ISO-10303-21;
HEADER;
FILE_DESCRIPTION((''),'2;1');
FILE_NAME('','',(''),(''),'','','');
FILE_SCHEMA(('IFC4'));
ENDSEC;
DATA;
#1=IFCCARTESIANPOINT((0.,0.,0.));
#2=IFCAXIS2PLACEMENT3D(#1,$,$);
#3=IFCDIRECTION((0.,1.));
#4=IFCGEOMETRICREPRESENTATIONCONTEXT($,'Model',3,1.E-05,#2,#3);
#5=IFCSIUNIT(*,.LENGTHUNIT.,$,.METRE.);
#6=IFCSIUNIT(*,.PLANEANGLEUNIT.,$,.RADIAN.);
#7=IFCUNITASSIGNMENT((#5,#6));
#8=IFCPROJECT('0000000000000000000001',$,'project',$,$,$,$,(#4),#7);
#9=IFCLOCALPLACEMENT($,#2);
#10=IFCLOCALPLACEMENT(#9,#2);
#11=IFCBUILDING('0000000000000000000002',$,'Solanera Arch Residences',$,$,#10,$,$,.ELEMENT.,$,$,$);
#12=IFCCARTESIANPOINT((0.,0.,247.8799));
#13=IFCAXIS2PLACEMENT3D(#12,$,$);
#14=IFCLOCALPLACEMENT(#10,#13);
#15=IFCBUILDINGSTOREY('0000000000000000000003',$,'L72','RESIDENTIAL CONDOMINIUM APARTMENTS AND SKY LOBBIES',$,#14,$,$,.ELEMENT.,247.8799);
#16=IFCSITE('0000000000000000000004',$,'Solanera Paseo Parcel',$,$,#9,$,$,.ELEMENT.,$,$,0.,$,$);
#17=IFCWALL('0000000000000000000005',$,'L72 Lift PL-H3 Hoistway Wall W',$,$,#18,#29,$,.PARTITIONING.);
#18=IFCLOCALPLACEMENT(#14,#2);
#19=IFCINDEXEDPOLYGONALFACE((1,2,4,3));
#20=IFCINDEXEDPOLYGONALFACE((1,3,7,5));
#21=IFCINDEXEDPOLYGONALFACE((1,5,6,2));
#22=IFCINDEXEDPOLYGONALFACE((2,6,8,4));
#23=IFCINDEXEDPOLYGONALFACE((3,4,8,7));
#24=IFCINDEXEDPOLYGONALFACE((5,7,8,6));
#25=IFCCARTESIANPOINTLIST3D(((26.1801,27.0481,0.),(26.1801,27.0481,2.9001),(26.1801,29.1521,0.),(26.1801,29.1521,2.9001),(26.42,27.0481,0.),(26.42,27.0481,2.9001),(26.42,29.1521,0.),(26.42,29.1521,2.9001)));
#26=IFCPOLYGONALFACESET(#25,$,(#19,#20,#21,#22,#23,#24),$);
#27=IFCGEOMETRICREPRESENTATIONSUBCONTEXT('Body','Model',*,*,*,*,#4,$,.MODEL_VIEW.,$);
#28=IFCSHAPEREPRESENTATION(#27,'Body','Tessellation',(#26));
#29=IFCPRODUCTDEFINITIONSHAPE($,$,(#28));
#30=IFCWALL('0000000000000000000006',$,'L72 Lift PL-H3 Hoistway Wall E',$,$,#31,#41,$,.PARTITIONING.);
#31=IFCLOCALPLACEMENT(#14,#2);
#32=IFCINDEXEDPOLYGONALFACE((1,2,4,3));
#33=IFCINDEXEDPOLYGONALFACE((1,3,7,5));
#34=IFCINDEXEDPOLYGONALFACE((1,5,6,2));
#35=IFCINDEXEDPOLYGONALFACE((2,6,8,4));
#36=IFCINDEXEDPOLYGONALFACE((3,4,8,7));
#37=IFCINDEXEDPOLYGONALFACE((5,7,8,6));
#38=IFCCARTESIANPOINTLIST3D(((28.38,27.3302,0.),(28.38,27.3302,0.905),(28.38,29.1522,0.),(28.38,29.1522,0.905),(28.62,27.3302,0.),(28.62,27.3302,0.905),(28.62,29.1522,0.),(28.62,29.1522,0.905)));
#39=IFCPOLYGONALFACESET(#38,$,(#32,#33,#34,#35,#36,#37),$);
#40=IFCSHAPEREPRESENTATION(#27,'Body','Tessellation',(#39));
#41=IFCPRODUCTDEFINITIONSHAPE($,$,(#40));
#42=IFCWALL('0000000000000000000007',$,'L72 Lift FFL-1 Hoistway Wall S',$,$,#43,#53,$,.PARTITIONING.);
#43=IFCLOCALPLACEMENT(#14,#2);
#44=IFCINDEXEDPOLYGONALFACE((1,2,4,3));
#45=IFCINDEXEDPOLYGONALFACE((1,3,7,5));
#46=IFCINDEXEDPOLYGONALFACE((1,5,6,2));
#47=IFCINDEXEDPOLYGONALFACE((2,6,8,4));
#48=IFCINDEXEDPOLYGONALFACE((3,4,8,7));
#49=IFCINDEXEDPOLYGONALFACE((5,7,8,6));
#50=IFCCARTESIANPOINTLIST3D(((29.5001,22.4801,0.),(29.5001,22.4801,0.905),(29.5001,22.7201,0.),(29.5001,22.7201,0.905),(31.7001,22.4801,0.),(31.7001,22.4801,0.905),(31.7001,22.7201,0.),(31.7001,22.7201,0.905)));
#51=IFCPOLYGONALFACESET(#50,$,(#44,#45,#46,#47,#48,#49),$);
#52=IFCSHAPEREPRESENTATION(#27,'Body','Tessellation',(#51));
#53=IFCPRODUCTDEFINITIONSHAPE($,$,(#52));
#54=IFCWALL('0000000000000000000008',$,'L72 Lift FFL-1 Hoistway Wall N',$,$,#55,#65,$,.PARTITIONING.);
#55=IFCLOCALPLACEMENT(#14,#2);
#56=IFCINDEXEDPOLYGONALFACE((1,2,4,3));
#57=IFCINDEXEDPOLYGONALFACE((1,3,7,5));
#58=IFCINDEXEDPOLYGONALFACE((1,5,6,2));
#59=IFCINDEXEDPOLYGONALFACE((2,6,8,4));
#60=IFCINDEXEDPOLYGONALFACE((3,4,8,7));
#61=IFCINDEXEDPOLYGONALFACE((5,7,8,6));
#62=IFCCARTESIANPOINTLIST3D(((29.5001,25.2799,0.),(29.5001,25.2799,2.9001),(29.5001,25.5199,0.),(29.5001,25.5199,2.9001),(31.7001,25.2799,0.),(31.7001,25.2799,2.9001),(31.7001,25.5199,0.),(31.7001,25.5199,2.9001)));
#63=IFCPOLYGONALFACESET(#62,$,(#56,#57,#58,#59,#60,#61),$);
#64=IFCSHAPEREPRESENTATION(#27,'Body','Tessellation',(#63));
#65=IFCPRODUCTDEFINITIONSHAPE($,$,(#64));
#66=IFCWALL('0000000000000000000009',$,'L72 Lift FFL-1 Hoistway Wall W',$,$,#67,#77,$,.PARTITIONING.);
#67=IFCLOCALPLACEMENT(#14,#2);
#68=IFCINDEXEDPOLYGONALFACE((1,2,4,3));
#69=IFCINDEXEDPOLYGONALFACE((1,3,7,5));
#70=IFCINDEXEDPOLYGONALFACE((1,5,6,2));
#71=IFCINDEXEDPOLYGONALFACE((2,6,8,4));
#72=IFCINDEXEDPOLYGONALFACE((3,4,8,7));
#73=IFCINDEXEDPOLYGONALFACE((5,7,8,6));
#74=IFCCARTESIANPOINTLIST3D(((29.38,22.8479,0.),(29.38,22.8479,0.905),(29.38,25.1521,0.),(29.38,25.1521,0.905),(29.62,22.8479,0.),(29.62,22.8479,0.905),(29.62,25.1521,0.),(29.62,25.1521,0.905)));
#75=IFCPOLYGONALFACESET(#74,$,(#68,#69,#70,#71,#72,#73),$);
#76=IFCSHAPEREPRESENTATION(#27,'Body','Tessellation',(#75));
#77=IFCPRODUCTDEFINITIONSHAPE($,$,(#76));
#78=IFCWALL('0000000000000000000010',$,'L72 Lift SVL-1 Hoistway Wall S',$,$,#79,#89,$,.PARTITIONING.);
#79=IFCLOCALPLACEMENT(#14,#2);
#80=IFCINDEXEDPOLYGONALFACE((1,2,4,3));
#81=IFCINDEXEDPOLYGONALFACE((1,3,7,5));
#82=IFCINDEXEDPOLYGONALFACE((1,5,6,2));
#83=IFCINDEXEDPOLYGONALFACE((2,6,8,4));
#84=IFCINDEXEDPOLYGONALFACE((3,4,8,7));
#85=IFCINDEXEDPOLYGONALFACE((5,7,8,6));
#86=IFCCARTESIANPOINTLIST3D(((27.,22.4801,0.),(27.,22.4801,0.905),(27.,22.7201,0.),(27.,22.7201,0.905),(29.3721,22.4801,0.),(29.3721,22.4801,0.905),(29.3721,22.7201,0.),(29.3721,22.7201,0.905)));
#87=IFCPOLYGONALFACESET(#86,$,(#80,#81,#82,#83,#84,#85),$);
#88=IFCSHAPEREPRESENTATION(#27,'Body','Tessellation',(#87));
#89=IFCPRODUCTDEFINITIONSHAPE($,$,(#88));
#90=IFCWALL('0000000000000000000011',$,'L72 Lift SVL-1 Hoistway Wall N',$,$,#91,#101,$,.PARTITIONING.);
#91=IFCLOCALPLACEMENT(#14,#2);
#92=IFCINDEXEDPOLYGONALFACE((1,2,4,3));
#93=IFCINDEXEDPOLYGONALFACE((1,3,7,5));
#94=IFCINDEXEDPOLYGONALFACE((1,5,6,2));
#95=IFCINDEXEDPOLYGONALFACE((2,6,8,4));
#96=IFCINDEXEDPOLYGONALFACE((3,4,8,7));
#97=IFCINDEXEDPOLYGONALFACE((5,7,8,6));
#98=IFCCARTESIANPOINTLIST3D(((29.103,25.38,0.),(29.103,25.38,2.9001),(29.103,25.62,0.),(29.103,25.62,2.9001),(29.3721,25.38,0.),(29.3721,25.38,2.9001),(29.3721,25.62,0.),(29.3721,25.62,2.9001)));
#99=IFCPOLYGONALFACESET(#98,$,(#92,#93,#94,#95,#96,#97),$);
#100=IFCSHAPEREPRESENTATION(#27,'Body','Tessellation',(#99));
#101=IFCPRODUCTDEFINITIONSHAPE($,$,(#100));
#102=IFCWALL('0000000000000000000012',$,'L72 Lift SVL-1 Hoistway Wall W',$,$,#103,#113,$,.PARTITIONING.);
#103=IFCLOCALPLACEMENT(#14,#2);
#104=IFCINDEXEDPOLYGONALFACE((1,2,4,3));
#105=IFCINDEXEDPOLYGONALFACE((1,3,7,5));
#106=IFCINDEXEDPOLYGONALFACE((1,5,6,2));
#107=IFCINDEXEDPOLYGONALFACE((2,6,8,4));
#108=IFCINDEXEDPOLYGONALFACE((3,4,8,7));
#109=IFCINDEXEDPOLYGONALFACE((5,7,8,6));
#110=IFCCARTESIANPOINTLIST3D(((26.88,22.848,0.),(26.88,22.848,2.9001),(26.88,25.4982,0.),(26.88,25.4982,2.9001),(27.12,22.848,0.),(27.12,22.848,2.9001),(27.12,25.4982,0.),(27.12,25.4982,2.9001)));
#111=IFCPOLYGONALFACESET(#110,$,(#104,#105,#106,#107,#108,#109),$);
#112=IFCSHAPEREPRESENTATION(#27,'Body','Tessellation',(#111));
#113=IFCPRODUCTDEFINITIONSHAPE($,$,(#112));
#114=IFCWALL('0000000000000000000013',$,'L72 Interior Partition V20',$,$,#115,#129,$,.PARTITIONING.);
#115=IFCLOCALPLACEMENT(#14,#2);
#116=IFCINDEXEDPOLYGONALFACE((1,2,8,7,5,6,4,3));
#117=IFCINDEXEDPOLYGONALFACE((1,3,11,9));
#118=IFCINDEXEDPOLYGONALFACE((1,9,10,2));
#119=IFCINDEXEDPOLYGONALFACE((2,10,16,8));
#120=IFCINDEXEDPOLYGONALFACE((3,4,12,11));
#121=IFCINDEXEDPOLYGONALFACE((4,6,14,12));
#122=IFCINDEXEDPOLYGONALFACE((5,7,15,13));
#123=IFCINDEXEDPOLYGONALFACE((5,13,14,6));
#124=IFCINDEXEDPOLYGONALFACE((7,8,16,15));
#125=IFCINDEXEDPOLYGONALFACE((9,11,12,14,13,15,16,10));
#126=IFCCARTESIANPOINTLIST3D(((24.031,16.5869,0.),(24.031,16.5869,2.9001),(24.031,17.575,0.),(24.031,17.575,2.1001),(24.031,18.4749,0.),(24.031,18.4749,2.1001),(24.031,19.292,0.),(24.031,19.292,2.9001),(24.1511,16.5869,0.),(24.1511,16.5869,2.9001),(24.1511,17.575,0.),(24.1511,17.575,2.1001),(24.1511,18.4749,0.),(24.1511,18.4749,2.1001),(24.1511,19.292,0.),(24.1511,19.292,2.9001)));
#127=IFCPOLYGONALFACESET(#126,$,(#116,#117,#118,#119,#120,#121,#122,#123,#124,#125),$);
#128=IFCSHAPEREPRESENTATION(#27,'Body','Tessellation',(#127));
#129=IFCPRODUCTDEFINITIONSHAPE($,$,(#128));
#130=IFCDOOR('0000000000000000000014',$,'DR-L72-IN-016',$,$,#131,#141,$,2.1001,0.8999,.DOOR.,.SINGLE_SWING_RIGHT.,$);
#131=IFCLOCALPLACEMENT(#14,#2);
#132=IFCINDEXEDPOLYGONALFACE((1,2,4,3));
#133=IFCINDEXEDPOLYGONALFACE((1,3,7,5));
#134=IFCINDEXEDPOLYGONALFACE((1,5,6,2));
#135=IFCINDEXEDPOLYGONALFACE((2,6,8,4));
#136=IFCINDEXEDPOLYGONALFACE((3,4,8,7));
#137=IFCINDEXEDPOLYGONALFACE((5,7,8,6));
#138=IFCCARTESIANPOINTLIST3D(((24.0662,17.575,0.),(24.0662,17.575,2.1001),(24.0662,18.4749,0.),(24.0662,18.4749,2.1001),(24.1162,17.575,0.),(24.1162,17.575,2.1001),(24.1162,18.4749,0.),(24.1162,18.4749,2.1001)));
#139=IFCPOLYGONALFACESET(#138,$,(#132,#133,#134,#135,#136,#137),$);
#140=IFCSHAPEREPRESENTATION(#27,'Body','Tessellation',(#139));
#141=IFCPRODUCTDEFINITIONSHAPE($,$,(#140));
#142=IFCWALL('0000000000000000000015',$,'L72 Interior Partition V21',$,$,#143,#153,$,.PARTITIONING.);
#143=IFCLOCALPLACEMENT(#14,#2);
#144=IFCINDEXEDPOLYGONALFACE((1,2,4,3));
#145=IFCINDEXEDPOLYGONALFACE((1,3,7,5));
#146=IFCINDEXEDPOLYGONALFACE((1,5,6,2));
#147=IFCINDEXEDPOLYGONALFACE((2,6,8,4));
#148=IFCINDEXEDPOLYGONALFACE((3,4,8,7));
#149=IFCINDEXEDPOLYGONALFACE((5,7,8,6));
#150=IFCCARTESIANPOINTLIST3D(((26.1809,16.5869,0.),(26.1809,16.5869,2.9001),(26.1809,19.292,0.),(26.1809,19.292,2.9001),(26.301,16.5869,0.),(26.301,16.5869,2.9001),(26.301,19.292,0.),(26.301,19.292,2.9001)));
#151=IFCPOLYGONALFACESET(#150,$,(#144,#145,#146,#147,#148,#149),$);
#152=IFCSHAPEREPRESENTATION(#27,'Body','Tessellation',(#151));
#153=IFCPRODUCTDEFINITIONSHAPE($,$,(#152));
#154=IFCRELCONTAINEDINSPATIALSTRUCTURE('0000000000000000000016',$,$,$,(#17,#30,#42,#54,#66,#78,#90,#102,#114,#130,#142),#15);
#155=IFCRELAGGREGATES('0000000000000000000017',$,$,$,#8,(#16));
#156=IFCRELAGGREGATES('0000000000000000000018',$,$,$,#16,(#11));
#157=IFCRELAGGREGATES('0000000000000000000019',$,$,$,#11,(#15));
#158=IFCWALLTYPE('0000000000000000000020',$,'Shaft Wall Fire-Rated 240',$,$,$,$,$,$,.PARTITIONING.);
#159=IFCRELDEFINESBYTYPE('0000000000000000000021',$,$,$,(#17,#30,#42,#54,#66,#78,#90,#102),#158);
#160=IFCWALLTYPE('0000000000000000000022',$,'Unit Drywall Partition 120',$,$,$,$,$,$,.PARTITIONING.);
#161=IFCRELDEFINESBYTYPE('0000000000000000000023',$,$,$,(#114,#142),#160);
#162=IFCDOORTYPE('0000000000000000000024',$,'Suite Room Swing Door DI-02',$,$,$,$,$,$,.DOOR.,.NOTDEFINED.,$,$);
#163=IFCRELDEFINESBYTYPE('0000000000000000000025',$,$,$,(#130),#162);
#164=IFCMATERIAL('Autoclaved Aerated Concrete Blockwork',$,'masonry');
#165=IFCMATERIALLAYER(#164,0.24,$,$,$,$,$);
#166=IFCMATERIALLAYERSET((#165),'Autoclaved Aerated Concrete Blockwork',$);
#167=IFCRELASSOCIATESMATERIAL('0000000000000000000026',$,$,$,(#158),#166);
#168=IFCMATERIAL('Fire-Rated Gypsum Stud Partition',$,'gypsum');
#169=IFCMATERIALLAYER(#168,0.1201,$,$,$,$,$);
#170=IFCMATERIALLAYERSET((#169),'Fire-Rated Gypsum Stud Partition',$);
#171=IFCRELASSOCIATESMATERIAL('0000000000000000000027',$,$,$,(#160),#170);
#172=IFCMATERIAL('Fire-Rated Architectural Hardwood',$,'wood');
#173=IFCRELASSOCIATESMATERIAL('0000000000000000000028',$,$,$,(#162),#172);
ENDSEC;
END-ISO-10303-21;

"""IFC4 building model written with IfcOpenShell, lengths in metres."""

from ifc_helpers import new_model, si_unit, direction, frame, frame_2d, origin, place, context, subcontext, project, spatial, rectangle, extrude, material, layer, layer_set, type_object, element, fill, save


model = new_model("IFC4")

# Units and contexts
model_context = context("Model", 3, precision=1e-05, world=origin(), true_north=direction((0.0, 1.0)))
body_context = subcontext(model_context, "Body", "Model", "MODEL_VIEW")
ifc_project = project(units=[si_unit("LENGTHUNIT", "METRE"), si_unit("PLANEANGLEUNIT", "RADIAN")], contexts=[model_context])

# Site, building, storey
site_placement = place(None, origin())
site = spatial("IfcSite", under=ifc_project, at=site_placement, Name="Solanera Paseo Parcel", CompositionType="ELEMENT", RefElevation=0.0)
building_placement = place(site_placement, origin())
building = spatial("IfcBuilding", under=site, at=building_placement, Name="Solanera Arch Residences", CompositionType="ELEMENT")
storey_placement = place(building_placement, frame((0.0, 0.0, 247.8799)))
storey = spatial("IfcBuildingStorey", under=building, at=storey_placement, Name="L72", Description="RESIDENTIAL CONDOMINIUM APARTMENTS AND SKY LOBBIES", CompositionType="ELEMENT", Elevation=247.8799)

# Walls
ifc_material_1 = material(Name="Autoclaved Aerated Concrete Blockwork", Category="masonry")
ifc_layer_1 = layer(ifc_material_1, 0.24)
ifc_layer_set_1 = layer_set([ifc_layer_1], Name="Autoclaved Aerated Concrete Blockwork")
wall_type_1 = type_object("IfcWallType", Name="Shaft Wall Fire-Rated 240", PredefinedType="PARTITIONING", material=ifc_layer_set_1)
wall_1_placement = place(storey_placement, frame((26.3, 27.0481, 0.0), z_axis=(0.0, 0.0, 1.0), x_axis=(0.0, 1.0, 0.0)))
element("IfcWall", 1, at=wall_1_placement, inside=storey, type_object=wall_type_1, Name="L72 Lift PL-H3 Hoistway Wall W", PredefinedType="PARTITIONING", context=body_context, shape_type="SweptSolid", body=[
    extrude(rectangle(XDim=2.104, YDim=0.24, at=frame_2d((1.052, 0.0))), origin(), (0.0, 0.0, 1.0), 2.9001),
])
wall_2_placement = place(storey_placement, frame((28.5, 27.3301, 0.0), z_axis=(0.0, 0.0, 1.0), x_axis=(0.0, 1.0, 0.0)))
element("IfcWall", 2, at=wall_2_placement, inside=storey, type_object=wall_type_1, Name="L72 Lift PL-H3 Hoistway Wall E", PredefinedType="PARTITIONING", context=body_context, shape_type="SweptSolid", body=[
    extrude(rectangle(XDim=1.822, YDim=0.24, at=frame_2d((0.9111, 0.0))), origin(), (0.0, 0.0, 1.0), 0.905),
])
wall_3_placement = place(storey_placement, frame((29.5, 22.6001, 0.0), z_axis=(0.0, 0.0, 1.0), x_axis=(1.0, 0.0, 0.0)))
element("IfcWall", 3, at=wall_3_placement, inside=storey, type_object=wall_type_1, Name="L72 Lift FFL-1 Hoistway Wall S", PredefinedType="PARTITIONING", context=body_context, shape_type="SweptSolid", body=[
    extrude(rectangle(XDim=2.2, YDim=0.24, at=frame_2d((1.1001, 0.0))), origin(), (0.0, 0.0, 1.0), 0.905),
])
wall_4_placement = place(storey_placement, frame((29.5, 25.3999, 0.0), z_axis=(0.0, 0.0, 1.0), x_axis=(1.0, 0.0, 0.0)))
element("IfcWall", 4, at=wall_4_placement, inside=storey, type_object=wall_type_1, Name="L72 Lift FFL-1 Hoistway Wall N", PredefinedType="PARTITIONING", context=body_context, shape_type="SweptSolid", body=[
    extrude(rectangle(XDim=2.2, YDim=0.24, at=frame_2d((1.1001, 0.0))), origin(), (0.0, 0.0, 1.0), 2.9001),
])
wall_5_placement = place(storey_placement, frame((29.5, 22.8479, 0.0), z_axis=(0.0, 0.0, 1.0), x_axis=(0.0, 1.0, 0.0)))
element("IfcWall", 5, at=wall_5_placement, inside=storey, type_object=wall_type_1, Name="L72 Lift FFL-1 Hoistway Wall W", PredefinedType="PARTITIONING", context=body_context, shape_type="SweptSolid", body=[
    extrude(rectangle(XDim=2.3042, YDim=0.24, at=frame_2d((1.1521, 0.0))), origin(), (0.0, 0.0, 1.0), 0.905),
])
wall_6_placement = place(storey_placement, frame((27.0, 22.6001, 0.0), z_axis=(0.0, 0.0, 1.0), x_axis=(1.0, 0.0, 0.0)))
element("IfcWall", 6, at=wall_6_placement, inside=storey, type_object=wall_type_1, Name="L72 Lift SVL-1 Hoistway Wall S", PredefinedType="PARTITIONING", context=body_context, shape_type="SweptSolid", body=[
    extrude(rectangle(XDim=2.3721, YDim=0.24, at=frame_2d((1.186, 0.0))), origin(), (0.0, 0.0, 1.0), 0.905),
])
wall_7_placement = place(storey_placement, frame((29.103, 25.5, 0.0), z_axis=(0.0, 0.0, 1.0), x_axis=(1.0, 0.0, 0.0)))
element("IfcWall", 7, at=wall_7_placement, inside=storey, type_object=wall_type_1, Name="L72 Lift SVL-1 Hoistway Wall N", PredefinedType="PARTITIONING", context=body_context, shape_type="SweptSolid", body=[
    extrude(rectangle(XDim=0.269, YDim=0.24, at=frame_2d((0.1345, 0.0))), origin(), (0.0, 0.0, 1.0), 2.9001),
])
wall_8_placement = place(storey_placement, frame((27.0, 22.8479, 0.0), z_axis=(0.0, 0.0, 1.0), x_axis=(0.0, 1.0, 0.0)))
element("IfcWall", 8, at=wall_8_placement, inside=storey, type_object=wall_type_1, Name="L72 Lift SVL-1 Hoistway Wall W", PredefinedType="PARTITIONING", context=body_context, shape_type="SweptSolid", body=[
    extrude(rectangle(XDim=2.6501, YDim=0.24, at=frame_2d((1.3252, 0.0))), origin(), (0.0, 0.0, 1.0), 2.9001),
])

# Wall, opening, door
ifc_material_2 = material(Name="Fire-Rated Gypsum Stud Partition", Category="gypsum")
ifc_layer_2 = layer(ifc_material_2, 0.1201)
ifc_layer_set_2 = layer_set([ifc_layer_2], Name="Fire-Rated Gypsum Stud Partition")
wall_type_2 = type_object("IfcWallType", Name="Unit Drywall Partition 120", PredefinedType="PARTITIONING", material=ifc_layer_set_2)
wall_9_placement = place(storey_placement, frame((24.0911, 16.5869, 0.0), z_axis=(0.0, 0.0, 1.0), x_axis=(0.0, 1.0, 0.0)))
wall_9 = element("IfcWall", 9, at=wall_9_placement, inside=storey, type_object=wall_type_2, Name="L72 Interior Partition V20", PredefinedType="PARTITIONING", context=body_context, shape_type="SweptSolid", body=[
    extrude(rectangle(XDim=2.7051, YDim=0.1201, at=frame_2d((1.3525, 0.0))), origin(), (0.0, 0.0, 1.0), 2.9001),
])
opening_placement = place(wall_9_placement, frame((0.988, 0.0, 0.0)))
opening = element("IfcOpeningElement", 10, at=opening_placement, cuts=wall_9, PredefinedType="OPENING", context=body_context, shape_type="SweptSolid", body=[
    extrude(rectangle(XDim=0.8999, YDim=2.1001, at=frame_2d((0.45, 1.05))), frame((0.0, 0.0701, 0.0), z_axis=(0.0, -1.0, 0.0), x_axis=(1.0, 0.0, 0.0)), (0.0, 0.0, 1.0), 0.1401),
])
ifc_material_3 = material(Name="Fire-Rated Architectural Hardwood", Category="wood")
door_type = type_object("IfcDoorType", Name="Suite Room Swing Door DI-02", OperationType="NOTDEFINED", PredefinedType="DOOR", material=ifc_material_3)
door_placement = place(opening_placement, origin())
door = element("IfcDoor", 11, at=door_placement, inside=storey, type_object=door_type, Name="DR-L72-IN-016", OperationType="SINGLE_SWING_RIGHT", OverallHeight=2.1001, OverallWidth=0.8999, PredefinedType="DOOR", context=body_context, shape_type="SweptSolid", body=[
    extrude(rectangle(XDim=0.8999, YDim=2.1001, at=frame_2d((0.45, 1.05))), frame((0.0, 0.0249, 0.0), z_axis=(0.0, -1.0, 0.0), x_axis=(1.0, 0.0, 0.0)), (0.0, 0.0, 1.0), 0.05),
])
fill(opening, door)

# Wall
wall_10_placement = place(storey_placement, frame((26.241, 16.5869, 0.0), z_axis=(0.0, 0.0, 1.0), x_axis=(0.0, 1.0, 0.0)))
element("IfcWall", 12, at=wall_10_placement, inside=storey, type_object=wall_type_2, Name="L72 Interior Partition V21", PredefinedType="PARTITIONING", context=body_context, shape_type="SweptSolid", body=[
    extrude(rectangle(XDim=2.7051, YDim=0.1201, at=frame_2d((1.3525, 0.0))), origin(), (0.0, 0.0, 1.0), 2.9001),
])

save(model, "model.ifc")
